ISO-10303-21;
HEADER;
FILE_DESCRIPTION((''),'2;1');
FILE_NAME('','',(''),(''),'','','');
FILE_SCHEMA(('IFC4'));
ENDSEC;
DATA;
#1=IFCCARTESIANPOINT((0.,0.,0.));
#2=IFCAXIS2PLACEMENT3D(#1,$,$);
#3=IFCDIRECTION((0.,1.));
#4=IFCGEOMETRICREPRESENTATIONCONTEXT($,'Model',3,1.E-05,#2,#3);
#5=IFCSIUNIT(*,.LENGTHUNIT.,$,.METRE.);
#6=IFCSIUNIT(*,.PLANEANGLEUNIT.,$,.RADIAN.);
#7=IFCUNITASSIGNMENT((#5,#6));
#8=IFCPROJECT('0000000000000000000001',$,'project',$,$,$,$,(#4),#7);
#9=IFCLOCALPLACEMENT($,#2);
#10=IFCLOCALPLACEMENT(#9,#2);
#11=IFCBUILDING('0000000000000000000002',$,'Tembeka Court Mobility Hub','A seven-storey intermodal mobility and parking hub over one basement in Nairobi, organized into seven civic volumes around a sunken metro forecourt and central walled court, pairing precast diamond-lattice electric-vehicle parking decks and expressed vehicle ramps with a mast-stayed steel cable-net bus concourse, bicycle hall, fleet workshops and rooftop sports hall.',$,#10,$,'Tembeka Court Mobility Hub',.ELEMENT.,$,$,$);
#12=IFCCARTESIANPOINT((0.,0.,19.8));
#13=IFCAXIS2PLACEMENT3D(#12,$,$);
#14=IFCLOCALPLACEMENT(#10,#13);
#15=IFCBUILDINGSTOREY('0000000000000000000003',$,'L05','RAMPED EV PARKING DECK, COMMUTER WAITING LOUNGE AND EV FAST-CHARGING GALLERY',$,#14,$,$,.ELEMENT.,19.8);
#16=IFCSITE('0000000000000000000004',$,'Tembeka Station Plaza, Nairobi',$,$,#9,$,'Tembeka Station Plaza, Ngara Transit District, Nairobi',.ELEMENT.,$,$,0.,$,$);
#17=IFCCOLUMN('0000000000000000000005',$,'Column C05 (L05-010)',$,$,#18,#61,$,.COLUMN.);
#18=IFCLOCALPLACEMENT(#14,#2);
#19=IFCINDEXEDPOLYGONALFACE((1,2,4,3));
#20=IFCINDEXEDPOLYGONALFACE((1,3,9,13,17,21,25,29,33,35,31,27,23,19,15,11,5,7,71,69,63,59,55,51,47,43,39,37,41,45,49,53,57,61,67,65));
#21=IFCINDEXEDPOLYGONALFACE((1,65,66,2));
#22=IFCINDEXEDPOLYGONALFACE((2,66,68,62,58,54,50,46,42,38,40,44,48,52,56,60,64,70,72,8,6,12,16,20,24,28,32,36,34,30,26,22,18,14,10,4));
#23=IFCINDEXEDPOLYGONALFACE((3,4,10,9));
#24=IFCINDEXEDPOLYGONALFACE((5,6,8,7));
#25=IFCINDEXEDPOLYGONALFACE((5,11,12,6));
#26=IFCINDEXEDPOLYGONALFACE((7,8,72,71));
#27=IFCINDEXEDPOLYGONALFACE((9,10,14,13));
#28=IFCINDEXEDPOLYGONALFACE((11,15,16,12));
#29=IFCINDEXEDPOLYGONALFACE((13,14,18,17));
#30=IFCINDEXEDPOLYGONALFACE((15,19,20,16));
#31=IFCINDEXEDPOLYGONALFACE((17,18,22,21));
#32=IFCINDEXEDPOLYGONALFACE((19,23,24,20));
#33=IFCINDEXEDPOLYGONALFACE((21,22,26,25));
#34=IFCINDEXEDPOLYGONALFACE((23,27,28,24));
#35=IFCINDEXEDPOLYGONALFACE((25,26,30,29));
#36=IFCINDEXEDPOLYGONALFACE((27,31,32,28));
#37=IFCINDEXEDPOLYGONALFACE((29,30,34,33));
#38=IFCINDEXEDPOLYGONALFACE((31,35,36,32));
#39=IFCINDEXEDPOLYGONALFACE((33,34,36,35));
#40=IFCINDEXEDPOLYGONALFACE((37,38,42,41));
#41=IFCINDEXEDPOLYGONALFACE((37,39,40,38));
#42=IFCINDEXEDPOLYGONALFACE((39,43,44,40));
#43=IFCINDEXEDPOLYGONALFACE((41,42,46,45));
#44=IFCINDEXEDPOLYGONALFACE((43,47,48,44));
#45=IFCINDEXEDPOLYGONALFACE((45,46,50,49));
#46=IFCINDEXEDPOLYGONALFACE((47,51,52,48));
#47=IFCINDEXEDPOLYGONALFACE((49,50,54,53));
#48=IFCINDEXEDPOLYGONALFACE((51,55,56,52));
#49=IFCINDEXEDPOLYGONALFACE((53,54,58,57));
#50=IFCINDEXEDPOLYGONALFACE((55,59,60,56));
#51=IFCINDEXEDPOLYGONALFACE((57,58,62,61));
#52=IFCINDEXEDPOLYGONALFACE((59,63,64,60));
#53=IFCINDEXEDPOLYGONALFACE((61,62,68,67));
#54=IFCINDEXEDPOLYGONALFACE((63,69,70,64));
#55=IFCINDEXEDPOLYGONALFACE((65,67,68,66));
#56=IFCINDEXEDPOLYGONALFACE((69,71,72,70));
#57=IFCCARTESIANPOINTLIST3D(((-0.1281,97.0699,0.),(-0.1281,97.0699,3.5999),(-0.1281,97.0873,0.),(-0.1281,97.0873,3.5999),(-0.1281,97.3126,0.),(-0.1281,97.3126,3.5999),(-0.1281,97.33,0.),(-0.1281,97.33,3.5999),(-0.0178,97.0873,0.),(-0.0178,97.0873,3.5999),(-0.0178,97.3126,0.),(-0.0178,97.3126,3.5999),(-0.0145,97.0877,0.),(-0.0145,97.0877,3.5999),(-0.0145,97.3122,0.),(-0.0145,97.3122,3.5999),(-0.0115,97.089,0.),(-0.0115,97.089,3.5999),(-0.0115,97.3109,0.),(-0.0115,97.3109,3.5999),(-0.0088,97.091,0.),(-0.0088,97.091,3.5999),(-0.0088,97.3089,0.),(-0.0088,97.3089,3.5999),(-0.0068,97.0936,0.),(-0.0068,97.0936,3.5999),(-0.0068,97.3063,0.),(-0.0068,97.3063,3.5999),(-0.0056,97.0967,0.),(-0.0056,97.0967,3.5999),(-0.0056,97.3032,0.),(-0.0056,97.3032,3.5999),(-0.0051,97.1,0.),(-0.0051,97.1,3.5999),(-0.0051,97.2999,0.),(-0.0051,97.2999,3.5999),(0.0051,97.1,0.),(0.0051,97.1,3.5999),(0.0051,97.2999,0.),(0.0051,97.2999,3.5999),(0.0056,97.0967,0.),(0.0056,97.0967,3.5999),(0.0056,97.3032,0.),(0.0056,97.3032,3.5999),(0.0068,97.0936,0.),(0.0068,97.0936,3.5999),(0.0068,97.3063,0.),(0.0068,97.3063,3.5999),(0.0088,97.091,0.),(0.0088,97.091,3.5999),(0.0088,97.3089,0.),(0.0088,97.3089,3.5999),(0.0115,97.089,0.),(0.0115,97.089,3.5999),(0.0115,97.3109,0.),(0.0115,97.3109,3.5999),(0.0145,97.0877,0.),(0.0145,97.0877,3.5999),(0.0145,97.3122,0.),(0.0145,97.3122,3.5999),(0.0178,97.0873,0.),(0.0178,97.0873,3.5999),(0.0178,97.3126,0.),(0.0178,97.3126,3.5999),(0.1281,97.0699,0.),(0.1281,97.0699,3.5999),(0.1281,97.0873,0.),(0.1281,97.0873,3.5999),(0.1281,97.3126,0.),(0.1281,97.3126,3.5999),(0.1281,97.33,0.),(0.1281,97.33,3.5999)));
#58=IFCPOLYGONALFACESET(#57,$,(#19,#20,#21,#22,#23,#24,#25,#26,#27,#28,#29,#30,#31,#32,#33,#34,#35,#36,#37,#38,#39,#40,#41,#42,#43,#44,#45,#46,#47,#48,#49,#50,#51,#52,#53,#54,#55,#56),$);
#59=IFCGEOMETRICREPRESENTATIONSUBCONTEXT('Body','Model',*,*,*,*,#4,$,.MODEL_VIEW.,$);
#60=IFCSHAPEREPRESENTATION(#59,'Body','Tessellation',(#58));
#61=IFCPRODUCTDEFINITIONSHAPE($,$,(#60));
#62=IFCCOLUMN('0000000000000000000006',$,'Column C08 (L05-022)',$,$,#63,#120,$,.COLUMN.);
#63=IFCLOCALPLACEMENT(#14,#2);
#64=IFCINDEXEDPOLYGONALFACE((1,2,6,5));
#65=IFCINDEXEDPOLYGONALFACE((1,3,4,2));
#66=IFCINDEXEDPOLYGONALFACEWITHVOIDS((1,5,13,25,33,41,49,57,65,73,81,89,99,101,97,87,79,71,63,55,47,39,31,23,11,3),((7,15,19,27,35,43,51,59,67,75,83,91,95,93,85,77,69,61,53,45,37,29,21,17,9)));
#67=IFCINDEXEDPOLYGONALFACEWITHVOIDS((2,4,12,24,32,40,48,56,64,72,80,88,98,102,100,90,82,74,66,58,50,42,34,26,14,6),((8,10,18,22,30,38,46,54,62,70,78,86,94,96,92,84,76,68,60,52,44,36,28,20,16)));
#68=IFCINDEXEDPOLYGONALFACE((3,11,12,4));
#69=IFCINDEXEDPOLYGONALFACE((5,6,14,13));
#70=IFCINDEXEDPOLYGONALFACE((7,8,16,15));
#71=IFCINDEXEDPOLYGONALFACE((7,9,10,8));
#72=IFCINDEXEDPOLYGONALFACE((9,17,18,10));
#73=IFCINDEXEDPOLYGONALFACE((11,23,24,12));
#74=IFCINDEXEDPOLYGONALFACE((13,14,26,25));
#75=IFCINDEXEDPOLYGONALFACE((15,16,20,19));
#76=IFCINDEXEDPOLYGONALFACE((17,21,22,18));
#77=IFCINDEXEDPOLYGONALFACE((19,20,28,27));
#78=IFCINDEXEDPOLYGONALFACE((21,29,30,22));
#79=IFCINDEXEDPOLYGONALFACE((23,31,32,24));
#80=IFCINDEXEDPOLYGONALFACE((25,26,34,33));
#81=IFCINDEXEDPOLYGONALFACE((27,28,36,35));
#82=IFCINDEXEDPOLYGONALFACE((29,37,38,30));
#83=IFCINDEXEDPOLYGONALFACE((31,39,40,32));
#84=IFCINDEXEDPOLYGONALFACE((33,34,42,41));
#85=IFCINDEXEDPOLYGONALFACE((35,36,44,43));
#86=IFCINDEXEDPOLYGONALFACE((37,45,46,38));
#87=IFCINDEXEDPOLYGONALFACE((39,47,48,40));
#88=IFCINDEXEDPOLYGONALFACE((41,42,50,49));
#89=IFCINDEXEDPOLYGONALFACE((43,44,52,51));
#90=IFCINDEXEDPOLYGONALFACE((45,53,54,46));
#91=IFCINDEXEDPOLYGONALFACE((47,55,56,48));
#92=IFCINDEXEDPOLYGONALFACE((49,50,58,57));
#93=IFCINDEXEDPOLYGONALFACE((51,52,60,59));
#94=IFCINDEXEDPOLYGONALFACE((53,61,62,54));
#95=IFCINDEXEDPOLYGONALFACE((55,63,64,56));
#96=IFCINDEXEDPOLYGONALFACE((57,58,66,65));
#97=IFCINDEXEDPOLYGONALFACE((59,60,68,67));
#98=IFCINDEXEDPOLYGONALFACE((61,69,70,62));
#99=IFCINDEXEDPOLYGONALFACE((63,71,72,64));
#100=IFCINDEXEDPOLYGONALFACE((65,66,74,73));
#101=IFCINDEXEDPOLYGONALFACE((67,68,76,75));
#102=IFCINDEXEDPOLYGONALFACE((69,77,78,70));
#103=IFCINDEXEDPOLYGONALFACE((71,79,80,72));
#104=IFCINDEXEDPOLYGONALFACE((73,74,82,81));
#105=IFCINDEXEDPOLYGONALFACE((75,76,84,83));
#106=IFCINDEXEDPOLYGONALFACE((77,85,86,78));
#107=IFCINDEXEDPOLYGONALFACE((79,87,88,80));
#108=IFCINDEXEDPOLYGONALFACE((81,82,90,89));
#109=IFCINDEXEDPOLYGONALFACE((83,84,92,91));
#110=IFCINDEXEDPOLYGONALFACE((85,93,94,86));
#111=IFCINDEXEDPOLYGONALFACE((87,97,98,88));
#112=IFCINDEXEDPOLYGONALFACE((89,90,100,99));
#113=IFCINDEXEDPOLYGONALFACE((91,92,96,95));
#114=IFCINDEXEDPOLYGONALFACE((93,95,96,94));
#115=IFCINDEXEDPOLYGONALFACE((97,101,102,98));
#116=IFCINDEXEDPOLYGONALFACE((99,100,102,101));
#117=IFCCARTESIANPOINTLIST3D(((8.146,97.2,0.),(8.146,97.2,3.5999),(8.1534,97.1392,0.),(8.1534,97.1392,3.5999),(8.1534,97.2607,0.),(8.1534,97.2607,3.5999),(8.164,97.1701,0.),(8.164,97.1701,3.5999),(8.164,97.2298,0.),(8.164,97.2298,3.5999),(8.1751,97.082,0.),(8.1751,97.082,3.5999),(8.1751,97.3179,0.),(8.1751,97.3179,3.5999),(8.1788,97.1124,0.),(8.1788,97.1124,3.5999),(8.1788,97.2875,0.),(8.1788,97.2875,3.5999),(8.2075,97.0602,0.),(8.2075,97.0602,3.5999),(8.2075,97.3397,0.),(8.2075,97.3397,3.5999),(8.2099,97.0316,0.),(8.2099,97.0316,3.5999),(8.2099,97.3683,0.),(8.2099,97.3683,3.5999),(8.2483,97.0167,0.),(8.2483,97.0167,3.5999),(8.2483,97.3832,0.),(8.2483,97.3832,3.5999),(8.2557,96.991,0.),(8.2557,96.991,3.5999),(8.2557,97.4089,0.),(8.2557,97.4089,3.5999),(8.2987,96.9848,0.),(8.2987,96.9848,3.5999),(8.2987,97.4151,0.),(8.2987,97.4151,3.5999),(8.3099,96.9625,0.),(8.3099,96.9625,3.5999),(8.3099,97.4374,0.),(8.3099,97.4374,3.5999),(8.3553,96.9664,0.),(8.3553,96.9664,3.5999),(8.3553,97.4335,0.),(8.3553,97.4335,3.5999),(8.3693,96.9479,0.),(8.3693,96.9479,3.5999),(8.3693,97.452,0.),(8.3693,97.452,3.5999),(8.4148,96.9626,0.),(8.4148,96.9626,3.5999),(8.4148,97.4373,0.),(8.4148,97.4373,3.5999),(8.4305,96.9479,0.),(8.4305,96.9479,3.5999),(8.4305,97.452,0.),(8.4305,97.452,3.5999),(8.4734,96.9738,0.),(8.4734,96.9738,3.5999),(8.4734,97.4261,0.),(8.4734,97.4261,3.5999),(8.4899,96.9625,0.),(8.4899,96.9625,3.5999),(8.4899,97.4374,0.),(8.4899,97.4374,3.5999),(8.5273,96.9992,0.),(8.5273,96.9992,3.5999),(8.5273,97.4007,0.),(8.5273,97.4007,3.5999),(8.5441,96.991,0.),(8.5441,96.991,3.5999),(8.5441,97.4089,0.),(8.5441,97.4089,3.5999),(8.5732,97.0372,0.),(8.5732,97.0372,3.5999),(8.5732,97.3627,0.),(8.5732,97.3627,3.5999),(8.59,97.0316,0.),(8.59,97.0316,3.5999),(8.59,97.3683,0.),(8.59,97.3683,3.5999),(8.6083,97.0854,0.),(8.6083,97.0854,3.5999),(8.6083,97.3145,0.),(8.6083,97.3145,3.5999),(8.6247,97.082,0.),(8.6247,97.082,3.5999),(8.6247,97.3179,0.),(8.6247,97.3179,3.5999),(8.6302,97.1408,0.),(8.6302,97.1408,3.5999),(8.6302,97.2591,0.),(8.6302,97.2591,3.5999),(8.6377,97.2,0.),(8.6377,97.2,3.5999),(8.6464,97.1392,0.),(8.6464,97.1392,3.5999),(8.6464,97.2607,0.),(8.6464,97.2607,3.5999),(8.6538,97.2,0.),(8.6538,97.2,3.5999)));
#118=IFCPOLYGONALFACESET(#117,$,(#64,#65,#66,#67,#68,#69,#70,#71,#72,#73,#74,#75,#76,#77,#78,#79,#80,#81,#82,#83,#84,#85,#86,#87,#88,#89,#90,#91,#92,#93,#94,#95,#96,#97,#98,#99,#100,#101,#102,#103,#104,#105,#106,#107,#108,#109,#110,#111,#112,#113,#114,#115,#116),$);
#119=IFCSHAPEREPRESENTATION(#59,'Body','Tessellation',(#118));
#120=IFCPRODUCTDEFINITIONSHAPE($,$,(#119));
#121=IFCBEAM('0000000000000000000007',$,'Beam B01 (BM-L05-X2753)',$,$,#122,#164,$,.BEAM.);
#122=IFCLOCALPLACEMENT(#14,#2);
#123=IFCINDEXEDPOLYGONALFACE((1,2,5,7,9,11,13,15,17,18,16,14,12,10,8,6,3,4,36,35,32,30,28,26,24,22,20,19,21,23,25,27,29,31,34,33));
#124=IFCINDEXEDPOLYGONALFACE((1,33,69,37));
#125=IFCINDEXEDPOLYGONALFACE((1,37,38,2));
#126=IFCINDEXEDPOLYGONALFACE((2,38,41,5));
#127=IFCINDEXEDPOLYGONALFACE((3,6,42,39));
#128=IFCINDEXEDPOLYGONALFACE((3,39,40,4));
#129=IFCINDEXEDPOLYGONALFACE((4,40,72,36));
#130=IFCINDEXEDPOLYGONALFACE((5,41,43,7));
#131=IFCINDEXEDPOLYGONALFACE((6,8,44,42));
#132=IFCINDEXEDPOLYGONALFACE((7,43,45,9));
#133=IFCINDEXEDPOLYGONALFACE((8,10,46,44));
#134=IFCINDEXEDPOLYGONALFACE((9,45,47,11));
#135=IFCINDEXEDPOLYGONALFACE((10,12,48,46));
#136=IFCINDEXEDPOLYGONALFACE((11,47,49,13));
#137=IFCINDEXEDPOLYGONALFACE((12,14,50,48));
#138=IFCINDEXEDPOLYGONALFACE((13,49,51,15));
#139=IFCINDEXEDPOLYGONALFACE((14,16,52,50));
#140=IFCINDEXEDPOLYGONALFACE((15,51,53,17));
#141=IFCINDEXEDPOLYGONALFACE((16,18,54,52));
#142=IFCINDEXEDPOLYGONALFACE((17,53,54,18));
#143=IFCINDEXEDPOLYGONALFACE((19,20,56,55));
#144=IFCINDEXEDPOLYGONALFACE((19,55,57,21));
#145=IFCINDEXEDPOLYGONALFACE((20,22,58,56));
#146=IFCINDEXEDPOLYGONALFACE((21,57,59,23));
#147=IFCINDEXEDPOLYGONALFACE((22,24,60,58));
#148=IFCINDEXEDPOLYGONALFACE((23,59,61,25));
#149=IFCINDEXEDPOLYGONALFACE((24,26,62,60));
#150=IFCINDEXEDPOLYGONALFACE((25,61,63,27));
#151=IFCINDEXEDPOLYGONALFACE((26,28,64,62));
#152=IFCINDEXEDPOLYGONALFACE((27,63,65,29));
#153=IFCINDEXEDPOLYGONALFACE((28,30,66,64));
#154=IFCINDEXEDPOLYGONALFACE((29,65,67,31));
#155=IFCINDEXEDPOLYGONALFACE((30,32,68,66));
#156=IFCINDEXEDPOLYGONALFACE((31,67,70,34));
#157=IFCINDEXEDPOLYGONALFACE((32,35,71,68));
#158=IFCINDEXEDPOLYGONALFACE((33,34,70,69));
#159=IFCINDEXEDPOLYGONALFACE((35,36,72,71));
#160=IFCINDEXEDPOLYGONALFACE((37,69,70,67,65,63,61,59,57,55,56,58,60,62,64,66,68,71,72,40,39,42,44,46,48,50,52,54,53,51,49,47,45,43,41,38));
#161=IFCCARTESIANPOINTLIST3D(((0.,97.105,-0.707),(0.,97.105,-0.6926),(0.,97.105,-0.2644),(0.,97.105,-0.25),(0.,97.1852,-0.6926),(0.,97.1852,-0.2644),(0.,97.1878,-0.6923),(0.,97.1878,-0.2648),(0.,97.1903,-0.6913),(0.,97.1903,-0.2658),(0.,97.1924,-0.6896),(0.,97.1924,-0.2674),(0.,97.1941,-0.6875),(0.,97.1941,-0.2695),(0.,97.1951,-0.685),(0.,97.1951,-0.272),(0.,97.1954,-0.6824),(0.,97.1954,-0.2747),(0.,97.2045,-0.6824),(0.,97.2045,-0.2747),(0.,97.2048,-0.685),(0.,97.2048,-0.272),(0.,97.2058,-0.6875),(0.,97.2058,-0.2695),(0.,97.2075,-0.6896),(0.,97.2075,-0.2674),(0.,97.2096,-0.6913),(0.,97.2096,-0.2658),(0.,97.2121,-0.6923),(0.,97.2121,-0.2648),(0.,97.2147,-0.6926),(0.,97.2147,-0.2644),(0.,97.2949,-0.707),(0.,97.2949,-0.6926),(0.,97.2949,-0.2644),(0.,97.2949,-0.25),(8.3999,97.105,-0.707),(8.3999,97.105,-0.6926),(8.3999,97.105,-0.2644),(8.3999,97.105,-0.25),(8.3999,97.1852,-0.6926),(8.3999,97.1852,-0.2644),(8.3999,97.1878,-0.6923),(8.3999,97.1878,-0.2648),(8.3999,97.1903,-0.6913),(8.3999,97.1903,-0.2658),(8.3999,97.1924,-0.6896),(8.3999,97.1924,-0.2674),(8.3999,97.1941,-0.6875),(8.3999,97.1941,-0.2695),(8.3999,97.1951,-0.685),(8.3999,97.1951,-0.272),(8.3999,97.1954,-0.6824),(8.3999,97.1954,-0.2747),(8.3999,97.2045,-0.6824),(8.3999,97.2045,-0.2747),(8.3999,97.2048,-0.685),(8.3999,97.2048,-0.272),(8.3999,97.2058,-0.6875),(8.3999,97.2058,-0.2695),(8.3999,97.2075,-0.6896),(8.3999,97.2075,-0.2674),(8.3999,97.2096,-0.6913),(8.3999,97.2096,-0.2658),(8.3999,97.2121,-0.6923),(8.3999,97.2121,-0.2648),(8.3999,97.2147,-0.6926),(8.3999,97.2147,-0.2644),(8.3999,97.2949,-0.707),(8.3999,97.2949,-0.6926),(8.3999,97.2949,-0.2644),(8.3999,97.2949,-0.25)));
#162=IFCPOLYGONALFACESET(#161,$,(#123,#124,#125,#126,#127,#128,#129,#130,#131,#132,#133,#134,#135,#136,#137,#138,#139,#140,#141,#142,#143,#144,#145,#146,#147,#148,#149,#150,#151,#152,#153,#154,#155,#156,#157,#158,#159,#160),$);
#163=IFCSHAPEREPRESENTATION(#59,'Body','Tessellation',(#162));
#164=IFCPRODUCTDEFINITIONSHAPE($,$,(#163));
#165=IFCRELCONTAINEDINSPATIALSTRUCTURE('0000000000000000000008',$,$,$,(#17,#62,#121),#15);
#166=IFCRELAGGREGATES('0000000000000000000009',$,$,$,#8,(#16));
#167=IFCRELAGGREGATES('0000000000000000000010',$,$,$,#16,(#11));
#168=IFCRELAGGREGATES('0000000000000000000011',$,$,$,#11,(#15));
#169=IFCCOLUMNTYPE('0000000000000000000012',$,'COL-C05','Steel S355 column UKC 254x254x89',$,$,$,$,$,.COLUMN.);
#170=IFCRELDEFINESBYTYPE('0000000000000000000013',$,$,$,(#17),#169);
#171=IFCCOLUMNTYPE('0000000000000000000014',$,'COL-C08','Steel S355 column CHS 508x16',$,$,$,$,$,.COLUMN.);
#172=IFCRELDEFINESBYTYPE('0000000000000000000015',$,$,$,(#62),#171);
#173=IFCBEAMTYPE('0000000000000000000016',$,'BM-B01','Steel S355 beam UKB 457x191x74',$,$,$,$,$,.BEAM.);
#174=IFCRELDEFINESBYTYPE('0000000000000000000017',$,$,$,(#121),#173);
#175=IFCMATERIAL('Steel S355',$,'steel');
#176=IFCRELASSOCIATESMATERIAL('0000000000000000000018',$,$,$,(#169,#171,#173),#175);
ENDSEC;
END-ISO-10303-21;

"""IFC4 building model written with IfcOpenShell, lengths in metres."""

from ifc_helpers import new_model, si_unit, direction, frame, origin, origin_2d, place, context, subcontext, project, spatial, hollow_circle, i_section, extrude, material, material_profile, profile_set, type_object, element, save


model = new_model("IFC4")

# Units and contexts
model_context = context("Model", 3, precision=1e-05, world=origin(), true_north=direction((0.0, 1.0)))
body_context = subcontext(model_context, "Body", "Model", "MODEL_VIEW")
ifc_project = project(units=[si_unit("LENGTHUNIT", "METRE"), si_unit("PLANEANGLEUNIT", "RADIAN")], contexts=[model_context])

# Site, building, storey
site_placement = place(None, origin())
site = spatial("IfcSite", under=ifc_project, at=site_placement, Name="Tembeka Station Plaza, Nairobi", LongName="Tembeka Station Plaza, Ngara Transit District, Nairobi", CompositionType="ELEMENT", RefElevation=0.0)
building_placement = place(site_placement, origin())
building = spatial("IfcBuilding", under=site, at=building_placement, Name="Tembeka Court Mobility Hub", Description="A seven-storey intermodal mobility and parking hub over one basement in Nairobi, organized into seven civic volumes around a sunken metro forecourt and central walled court, pairing precast diamond-lattice electric-vehicle parking decks and expressed vehicle ramps with a mast-stayed steel cable-net bus concourse, bicycle hall, fleet workshops and rooftop sports hall.", LongName="Tembeka Court Mobility Hub", CompositionType="ELEMENT")
storey_placement = place(building_placement, frame((0.0, 0.0, 19.8)))
storey = spatial("IfcBuildingStorey", under=building, at=storey_placement, Name="L05", Description="RAMPED EV PARKING DECK, COMMUTER WAITING LOUNGE AND EV FAST-CHARGING GALLERY", CompositionType="ELEMENT", Elevation=19.8)

# Columns
ifc_material_1 = material(Name="Steel S355", Category="steel")
ifc_material_profile_1 = material_profile(ifc_material_1, i_section(OverallWidth=0.2561, OverallDepth=0.26, WebThickness=0.0103, FlangeThickness=0.0173, FilletRadius=0.0127, at=origin_2d()), Name="UKC 254x254x89")
ifc_profile_set_1 = profile_set([ifc_material_profile_1], Name="Steel S355")
column_type_1 = type_object("IfcColumnType", Name="COL-C05", Description="Steel S355 column UKC 254x254x89", PredefinedType="COLUMN", material=ifc_profile_set_1)
column_1_placement = place(storey_placement, frame((0.0, 97.2, 0.0), z_axis=(0.0, 0.0, 1.0), x_axis=(1.0, 0.0, 0.0)))
element("IfcColumn", 1, at=column_1_placement, inside=storey, type_object=column_type_1, Name="Column C05 (L05-010)", PredefinedType="COLUMN", context=body_context, shape_type="SweptSolid", body=[
    extrude(i_section(OverallWidth=0.2561, OverallDepth=0.26, WebThickness=0.0103, FlangeThickness=0.0173, FilletRadius=0.0127, at=origin_2d()), origin(), (0.0, 0.0, 1.0), 3.5999),
])
ifc_material_profile_2 = material_profile(ifc_material_1, hollow_circle(Radius=0.2539, WallThickness=0.0161, at=origin_2d()), Name="CHS 508x16")
ifc_profile_set_2 = profile_set([ifc_material_profile_2], Name="Steel S355")
column_type_2 = type_object("IfcColumnType", Name="COL-C08", Description="Steel S355 column CHS 508x16", PredefinedType="COLUMN", material=ifc_profile_set_2)
column_2_placement = place(storey_placement, frame((8.3999, 97.2, 0.0), z_axis=(0.0, 0.0, 1.0), x_axis=(1.0, 0.0, 0.0)))
element("IfcColumn", 2, at=column_2_placement, inside=storey, type_object=column_type_2, Name="Column C08 (L05-022)", PredefinedType="COLUMN", context=body_context, shape_type="SweptSolid", body=[
    extrude(hollow_circle(Radius=0.2539, WallThickness=0.0161, at=origin_2d()), origin(), (0.0, 0.0, 1.0), 3.5999),
])

# Beam
ifc_material_profile_3 = material_profile(ifc_material_1, i_section(OverallWidth=0.1899, OverallDepth=0.457, WebThickness=0.009, FlangeThickness=0.0144, FilletRadius=0.0103, at=origin_2d()), Name="UKB 457x191x74")
ifc_profile_set_3 = profile_set([ifc_material_profile_3], Name="Steel S355")
beam_type_1 = type_object("IfcBeamType", Name="BM-B01", Description="Steel S355 beam UKB 457x191x74", PredefinedType="BEAM", material=ifc_profile_set_3)
beam_1_placement = place(storey_placement, frame((0.0, 97.2, -0.4785), z_axis=(1.0, 0.0, 0.0), x_axis=(0.0, 1.0, 0.0)))
element("IfcBeam", 3, at=beam_1_placement, inside=storey, type_object=beam_type_1, Name="Beam B01 (BM-L05-X2753)", PredefinedType="BEAM", context=body_context, shape_type="SweptSolid", body=[
    extrude(i_section(OverallWidth=0.1899, OverallDepth=0.457, WebThickness=0.009, FlangeThickness=0.0144, FilletRadius=0.0103, at=origin_2d()), origin(), (0.0, 0.0, 1.0), 8.3999),
])

save(model, "model.ifc")
